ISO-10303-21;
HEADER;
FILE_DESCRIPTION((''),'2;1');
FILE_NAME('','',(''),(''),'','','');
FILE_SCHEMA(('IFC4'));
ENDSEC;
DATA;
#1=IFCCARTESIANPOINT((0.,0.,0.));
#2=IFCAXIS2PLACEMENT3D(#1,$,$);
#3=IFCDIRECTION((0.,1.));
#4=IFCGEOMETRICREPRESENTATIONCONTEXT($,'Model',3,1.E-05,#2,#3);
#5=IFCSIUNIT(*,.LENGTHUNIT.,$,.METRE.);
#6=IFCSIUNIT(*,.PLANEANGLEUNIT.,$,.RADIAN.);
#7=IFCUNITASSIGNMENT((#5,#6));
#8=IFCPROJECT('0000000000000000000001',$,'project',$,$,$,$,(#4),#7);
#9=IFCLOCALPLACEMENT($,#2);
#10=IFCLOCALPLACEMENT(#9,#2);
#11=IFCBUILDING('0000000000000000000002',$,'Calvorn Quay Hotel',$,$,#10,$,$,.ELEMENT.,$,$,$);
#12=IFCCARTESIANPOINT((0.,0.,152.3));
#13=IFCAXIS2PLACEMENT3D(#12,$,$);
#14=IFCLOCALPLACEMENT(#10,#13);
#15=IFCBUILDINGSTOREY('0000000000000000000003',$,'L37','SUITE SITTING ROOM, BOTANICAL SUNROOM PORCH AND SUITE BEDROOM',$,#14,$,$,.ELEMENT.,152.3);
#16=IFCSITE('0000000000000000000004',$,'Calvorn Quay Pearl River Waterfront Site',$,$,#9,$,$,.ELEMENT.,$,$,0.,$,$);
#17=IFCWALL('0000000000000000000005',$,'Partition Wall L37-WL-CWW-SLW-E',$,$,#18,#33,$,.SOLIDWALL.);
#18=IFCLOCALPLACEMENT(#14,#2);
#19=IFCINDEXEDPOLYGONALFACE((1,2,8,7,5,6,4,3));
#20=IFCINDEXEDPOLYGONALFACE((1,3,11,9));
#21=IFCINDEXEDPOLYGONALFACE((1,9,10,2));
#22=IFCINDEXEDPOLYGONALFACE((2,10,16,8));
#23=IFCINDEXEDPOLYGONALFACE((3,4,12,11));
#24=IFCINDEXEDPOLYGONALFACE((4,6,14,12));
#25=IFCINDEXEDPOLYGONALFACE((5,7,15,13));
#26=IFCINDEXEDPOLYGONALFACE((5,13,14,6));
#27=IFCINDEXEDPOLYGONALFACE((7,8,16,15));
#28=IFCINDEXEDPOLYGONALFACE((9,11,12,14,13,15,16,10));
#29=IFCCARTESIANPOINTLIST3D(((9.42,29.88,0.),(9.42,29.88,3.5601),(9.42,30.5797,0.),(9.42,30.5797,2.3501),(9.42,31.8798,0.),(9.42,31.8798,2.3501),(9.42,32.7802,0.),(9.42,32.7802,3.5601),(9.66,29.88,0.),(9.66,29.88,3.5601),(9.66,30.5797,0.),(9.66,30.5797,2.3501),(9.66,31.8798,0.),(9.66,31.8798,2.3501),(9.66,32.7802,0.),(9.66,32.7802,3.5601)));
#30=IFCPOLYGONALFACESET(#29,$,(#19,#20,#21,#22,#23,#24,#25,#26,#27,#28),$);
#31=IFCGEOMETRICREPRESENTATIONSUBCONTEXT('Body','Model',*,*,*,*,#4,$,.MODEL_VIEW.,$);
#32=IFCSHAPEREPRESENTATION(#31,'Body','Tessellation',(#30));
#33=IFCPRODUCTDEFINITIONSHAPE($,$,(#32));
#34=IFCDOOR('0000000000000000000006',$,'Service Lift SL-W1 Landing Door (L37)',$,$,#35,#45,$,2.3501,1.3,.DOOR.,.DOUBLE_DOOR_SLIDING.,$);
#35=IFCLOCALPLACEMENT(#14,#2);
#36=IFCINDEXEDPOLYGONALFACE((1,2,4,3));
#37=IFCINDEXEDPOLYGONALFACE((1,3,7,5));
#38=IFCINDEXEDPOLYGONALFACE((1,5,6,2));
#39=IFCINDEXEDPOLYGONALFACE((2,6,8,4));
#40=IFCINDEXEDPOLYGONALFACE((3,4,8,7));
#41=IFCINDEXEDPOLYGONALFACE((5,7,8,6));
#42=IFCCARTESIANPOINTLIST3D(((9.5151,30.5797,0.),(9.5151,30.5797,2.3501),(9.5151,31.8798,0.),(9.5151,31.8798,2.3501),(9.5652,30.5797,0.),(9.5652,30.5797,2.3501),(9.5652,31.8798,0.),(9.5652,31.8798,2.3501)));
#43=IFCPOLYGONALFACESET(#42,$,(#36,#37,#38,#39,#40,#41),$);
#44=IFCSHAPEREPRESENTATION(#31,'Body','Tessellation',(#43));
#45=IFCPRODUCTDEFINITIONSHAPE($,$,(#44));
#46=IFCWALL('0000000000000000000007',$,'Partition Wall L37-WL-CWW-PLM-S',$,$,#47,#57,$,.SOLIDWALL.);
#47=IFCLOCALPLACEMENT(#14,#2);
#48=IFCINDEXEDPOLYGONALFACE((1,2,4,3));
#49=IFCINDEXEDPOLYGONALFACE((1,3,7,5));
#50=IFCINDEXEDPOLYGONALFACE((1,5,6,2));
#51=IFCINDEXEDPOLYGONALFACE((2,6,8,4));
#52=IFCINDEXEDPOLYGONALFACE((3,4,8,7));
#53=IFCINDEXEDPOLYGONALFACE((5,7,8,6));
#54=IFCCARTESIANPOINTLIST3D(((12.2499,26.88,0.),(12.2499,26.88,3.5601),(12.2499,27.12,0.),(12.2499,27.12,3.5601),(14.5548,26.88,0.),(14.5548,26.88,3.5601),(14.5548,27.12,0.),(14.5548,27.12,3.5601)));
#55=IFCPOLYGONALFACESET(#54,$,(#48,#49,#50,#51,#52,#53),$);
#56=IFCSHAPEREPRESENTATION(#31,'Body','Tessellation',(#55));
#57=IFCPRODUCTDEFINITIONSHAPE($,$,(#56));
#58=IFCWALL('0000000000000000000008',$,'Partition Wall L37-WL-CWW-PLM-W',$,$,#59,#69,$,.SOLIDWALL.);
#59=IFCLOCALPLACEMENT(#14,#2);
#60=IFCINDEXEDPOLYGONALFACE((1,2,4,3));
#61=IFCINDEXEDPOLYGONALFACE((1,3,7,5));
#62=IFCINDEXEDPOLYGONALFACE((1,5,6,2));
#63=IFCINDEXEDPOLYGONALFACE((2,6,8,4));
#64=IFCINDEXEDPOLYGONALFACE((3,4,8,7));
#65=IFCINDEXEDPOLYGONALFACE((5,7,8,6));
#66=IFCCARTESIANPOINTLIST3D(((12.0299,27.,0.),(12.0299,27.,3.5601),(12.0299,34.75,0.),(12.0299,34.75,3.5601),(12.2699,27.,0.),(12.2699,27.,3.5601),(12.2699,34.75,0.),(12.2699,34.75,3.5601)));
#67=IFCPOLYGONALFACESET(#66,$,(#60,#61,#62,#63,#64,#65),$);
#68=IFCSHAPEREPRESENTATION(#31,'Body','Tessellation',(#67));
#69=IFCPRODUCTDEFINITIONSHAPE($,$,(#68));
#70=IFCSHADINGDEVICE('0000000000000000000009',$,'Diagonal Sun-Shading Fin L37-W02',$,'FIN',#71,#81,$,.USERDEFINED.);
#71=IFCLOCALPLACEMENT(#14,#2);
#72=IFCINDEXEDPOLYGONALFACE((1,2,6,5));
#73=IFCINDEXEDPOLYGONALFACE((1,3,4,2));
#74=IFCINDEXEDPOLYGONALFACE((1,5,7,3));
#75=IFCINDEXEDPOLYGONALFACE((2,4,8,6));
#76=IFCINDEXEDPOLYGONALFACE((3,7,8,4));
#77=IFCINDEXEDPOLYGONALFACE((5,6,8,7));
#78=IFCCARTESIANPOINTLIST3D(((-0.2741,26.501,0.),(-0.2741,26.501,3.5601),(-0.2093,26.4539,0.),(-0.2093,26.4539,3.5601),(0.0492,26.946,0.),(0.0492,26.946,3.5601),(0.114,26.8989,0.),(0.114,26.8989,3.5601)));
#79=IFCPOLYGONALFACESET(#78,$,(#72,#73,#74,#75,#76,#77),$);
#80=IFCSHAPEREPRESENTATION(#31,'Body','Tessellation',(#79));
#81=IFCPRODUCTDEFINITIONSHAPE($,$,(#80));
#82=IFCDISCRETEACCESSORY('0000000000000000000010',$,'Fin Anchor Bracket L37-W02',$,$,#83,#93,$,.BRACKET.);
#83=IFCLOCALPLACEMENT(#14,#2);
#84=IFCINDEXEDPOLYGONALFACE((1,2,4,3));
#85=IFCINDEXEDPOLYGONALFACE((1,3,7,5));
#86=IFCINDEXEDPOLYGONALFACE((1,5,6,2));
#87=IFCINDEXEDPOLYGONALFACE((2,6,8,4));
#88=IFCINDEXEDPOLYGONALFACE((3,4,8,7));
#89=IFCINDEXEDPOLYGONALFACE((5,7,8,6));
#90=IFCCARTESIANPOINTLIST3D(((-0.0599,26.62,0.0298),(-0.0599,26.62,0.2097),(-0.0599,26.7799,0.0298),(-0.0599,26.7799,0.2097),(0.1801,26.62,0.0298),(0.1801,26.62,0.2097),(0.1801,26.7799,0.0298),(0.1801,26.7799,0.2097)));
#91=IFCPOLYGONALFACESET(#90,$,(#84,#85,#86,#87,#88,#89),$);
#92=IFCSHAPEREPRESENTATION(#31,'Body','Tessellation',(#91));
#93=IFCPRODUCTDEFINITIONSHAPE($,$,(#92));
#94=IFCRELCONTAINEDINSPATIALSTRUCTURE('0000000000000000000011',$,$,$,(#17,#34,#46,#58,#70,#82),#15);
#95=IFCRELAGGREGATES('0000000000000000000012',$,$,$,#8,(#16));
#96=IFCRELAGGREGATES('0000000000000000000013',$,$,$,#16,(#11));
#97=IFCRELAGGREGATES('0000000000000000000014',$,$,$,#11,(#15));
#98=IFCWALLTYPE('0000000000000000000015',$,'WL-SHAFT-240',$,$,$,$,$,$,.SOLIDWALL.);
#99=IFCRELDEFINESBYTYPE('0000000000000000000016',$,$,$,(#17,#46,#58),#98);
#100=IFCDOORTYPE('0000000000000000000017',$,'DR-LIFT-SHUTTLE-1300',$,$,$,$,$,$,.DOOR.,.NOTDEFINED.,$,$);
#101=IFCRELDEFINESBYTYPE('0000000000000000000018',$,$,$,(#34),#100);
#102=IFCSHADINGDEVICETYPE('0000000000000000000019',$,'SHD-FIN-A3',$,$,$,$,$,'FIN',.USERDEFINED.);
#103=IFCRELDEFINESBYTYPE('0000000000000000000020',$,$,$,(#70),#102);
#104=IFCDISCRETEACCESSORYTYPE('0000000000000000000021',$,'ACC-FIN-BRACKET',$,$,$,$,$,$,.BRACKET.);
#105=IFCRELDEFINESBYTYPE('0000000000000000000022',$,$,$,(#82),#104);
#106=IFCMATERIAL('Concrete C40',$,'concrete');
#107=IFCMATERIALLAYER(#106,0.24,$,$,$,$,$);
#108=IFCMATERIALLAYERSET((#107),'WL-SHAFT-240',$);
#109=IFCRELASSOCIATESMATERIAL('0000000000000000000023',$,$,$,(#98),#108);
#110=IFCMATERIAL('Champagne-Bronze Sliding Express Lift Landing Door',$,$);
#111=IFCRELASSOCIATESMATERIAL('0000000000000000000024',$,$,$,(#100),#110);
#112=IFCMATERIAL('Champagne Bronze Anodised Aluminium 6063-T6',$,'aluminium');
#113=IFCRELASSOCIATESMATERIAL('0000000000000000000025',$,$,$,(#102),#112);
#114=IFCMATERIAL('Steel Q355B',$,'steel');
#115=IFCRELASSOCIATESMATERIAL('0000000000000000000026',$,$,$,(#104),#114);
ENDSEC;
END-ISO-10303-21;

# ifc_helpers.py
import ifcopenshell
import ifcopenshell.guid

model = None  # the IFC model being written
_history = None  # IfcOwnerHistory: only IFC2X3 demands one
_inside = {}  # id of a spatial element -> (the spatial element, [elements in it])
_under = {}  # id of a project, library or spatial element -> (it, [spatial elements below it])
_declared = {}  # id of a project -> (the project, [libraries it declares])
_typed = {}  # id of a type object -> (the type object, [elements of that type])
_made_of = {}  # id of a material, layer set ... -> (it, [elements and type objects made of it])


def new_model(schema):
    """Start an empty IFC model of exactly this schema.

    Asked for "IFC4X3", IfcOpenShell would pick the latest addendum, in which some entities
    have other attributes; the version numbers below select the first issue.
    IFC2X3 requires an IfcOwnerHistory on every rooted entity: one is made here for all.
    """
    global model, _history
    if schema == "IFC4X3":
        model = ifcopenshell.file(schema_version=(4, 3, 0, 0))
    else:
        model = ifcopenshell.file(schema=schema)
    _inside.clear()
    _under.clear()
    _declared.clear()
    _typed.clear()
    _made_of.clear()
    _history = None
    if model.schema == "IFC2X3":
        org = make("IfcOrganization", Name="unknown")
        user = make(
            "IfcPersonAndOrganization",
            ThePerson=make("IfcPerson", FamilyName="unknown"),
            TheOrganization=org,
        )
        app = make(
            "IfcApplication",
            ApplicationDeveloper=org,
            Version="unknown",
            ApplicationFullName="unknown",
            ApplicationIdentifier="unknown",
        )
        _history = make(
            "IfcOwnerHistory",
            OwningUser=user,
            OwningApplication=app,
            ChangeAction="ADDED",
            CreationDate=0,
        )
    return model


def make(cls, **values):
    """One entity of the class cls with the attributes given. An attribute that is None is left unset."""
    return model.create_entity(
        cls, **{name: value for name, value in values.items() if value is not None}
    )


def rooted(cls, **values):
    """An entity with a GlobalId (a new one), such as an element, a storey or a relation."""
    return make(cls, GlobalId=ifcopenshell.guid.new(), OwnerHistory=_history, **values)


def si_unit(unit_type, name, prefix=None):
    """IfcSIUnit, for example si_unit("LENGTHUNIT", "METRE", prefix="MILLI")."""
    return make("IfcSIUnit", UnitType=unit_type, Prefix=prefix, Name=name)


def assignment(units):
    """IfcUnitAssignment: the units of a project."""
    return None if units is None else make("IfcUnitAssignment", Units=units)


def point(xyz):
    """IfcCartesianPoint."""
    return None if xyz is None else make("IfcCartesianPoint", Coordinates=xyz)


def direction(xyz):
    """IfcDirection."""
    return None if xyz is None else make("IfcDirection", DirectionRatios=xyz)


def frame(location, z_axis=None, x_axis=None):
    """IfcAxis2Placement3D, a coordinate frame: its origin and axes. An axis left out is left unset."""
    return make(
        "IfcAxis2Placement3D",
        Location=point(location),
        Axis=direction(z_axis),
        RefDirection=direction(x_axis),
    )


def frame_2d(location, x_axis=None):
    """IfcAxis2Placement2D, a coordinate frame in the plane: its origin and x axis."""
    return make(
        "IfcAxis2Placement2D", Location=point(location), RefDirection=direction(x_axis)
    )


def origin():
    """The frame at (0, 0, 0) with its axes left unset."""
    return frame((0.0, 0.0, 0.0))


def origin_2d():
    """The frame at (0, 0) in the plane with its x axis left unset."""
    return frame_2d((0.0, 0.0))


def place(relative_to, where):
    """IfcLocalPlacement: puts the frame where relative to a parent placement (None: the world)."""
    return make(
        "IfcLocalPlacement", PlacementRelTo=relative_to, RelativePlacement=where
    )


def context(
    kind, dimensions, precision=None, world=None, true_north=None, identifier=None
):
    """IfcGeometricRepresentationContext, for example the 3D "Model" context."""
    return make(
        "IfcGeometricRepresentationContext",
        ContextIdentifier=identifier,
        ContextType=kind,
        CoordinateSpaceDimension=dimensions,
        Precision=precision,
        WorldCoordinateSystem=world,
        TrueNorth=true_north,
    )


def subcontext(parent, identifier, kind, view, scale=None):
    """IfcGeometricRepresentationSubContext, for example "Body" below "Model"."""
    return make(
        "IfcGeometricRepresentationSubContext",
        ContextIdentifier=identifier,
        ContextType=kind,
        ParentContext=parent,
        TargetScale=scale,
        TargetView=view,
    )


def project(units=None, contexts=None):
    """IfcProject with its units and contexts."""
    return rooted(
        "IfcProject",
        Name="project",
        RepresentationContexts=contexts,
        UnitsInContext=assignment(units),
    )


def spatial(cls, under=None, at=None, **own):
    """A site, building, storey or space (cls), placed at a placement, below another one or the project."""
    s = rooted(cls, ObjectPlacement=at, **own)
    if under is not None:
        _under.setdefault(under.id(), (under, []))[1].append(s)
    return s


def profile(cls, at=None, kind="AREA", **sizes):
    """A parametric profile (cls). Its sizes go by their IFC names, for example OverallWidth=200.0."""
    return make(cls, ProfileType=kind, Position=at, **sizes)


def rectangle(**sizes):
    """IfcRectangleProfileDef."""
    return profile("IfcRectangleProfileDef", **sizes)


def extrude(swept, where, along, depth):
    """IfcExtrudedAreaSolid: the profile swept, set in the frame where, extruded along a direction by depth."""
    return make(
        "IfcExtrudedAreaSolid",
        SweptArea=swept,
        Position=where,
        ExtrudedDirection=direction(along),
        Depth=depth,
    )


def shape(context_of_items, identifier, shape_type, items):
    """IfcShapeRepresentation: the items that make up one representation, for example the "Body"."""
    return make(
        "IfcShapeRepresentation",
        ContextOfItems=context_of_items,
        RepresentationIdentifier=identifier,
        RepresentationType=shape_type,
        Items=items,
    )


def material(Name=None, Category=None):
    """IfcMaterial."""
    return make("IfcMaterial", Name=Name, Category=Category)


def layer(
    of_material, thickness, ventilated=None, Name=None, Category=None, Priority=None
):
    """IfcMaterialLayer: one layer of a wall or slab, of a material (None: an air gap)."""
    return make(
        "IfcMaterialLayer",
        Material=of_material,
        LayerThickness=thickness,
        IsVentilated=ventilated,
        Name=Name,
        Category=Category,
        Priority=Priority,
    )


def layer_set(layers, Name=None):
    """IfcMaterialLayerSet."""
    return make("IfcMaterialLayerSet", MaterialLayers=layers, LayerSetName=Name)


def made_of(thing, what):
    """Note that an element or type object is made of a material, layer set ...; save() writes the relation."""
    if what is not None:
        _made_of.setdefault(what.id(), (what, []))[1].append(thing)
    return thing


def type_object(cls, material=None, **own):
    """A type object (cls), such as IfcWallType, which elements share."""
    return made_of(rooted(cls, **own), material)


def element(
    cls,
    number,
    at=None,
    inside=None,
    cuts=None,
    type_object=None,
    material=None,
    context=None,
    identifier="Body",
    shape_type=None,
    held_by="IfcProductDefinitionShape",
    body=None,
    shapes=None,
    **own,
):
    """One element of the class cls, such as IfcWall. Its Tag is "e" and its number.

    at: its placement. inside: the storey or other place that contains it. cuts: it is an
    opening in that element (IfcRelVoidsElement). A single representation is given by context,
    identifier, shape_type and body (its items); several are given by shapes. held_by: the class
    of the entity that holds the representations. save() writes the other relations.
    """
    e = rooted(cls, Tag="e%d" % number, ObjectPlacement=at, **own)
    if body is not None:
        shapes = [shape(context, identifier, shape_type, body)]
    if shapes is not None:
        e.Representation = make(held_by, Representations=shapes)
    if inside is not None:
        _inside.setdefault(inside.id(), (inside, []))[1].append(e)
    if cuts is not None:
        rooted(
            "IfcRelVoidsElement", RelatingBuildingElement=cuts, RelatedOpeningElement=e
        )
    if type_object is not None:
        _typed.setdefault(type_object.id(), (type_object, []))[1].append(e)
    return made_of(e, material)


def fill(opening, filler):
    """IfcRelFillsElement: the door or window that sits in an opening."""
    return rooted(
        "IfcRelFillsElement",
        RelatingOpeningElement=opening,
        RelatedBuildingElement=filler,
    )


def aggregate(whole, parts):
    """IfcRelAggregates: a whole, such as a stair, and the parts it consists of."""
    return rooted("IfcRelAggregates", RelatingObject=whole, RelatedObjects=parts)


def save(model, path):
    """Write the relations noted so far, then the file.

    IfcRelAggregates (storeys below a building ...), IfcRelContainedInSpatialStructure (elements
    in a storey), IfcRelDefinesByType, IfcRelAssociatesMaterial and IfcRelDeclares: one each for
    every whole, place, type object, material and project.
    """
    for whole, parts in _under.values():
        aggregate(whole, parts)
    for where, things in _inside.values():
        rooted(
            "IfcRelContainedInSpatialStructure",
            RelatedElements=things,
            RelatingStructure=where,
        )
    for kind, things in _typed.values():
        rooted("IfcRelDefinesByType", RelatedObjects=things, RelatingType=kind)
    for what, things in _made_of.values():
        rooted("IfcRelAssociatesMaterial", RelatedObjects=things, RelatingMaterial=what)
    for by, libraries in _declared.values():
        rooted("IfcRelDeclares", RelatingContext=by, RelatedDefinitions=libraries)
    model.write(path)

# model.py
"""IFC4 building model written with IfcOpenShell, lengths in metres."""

from ifc_helpers import new_model, si_unit, direction, frame, frame_2d, origin, origin_2d, place, context, subcontext, project, spatial, rectangle, extrude, material, layer, layer_set, type_object, element, fill, save


model = new_model("IFC4")

# Units and contexts
model_context = context("Model", 3, precision=1e-05, world=origin(), true_north=direction((0.0, 1.0)))
body_context = subcontext(model_context, "Body", "Model", "MODEL_VIEW")
ifc_project = project(units=[si_unit("LENGTHUNIT", "METRE"), si_unit("PLANEANGLEUNIT", "RADIAN")], contexts=[model_context])

# Site, building, storey
site_placement = place(None, origin())
site = spatial("IfcSite", under=ifc_project, at=site_placement, Name="Calvorn Quay Pearl River Waterfront Site", CompositionType="ELEMENT", RefElevation=0.0)
building_placement = place(site_placement, origin())
building = spatial("IfcBuilding", under=site, at=building_placement, Name="Calvorn Quay Hotel", CompositionType="ELEMENT")
storey_placement = place(building_placement, frame((0.0, 0.0, 152.3)))
storey = spatial("IfcBuildingStorey", under=building, at=storey_placement, Name="L37", Description="SUITE SITTING ROOM, BOTANICAL SUNROOM PORCH AND SUITE BEDROOM", CompositionType="ELEMENT", Elevation=152.3)

# Shared definitions
ifc_material_1 = material(Name="Concrete C40", Category="concrete")
ifc_layer_1 = layer(ifc_material_1, 0.24)
ifc_layer_set_1 = layer_set([ifc_layer_1], Name="WL-SHAFT-240")
wall_type_1 = type_object("IfcWallType", Name="WL-SHAFT-240", PredefinedType="SOLIDWALL", material=ifc_layer_set_1)

# Wall, opening, door
ifc_material_2 = material(Name="Champagne-Bronze Sliding Express Lift Landing Door")
door_type_1 = type_object("IfcDoorType", Name="DR-LIFT-SHUTTLE-1300", OperationType="NOTDEFINED", PredefinedType="DOOR", material=ifc_material_2)
wall_1_placement = place(storey_placement, frame((9.54, 29.8799, 0.0), z_axis=(0.0, 0.0, 1.0), x_axis=(0.0, 1.0, 0.0)))
wall_1 = element("IfcWall", 1, at=wall_1_placement, inside=storey, type_object=wall_type_1, Name="Partition Wall L37-WL-CWW-SLW-E", PredefinedType="SOLIDWALL", context=body_context, shape_type="SweptSolid", body=[
    extrude(rectangle(XDim=2.9001, YDim=0.24, at=frame_2d((1.4502, 0.0))), origin(), (0.0, 0.0, 1.0), 3.5601),
])
opening_1_placement = place(wall_1_placement, frame((0.7, 0.0, 0.0)))
opening_1 = element("IfcOpeningElement", 2, at=opening_1_placement, cuts=wall_1, PredefinedType="OPENING", context=body_context, shape_type="SweptSolid", body=[
    extrude(rectangle(XDim=1.3, YDim=2.3501, at=frame_2d((0.6499, 1.175))), frame((0.0, 0.1299, 0.0), z_axis=(0.0, -1.0, 0.0), x_axis=(1.0, 0.0, 0.0)), (0.0, 0.0, 1.0), 0.26),
])
door_1_placement = place(opening_1_placement, origin())
door_1 = element("IfcDoor", 3, at=door_1_placement, inside=storey, type_object=door_type_1, Name="Service Lift SL-W1 Landing Door (L37)", OperationType="DOUBLE_DOOR_SLIDING", OverallHeight=2.3501, OverallWidth=1.3, PredefinedType="DOOR", context=body_context, shape_type="SweptSolid", body=[
    extrude(rectangle(XDim=1.3, YDim=2.3501, at=frame_2d((0.6499, 1.175))), frame((0.0, 0.0249, 0.0), z_axis=(0.0, -1.0, 0.0), x_axis=(1.0, 0.0, 0.0)), (0.0, 0.0, 1.0), 0.05),
])
fill(opening_1, door_1)

# Walls
wall_2_placement = place(storey_placement, frame((12.25, 27.0, 0.0), z_axis=(0.0, 0.0, 1.0), x_axis=(1.0, 0.0, 0.0)))
element("IfcWall", 4, at=wall_2_placement, inside=storey, type_object=wall_type_1, Name="Partition Wall L37-WL-CWW-PLM-S", PredefinedType="SOLIDWALL", context=body_context, shape_type="SweptSolid", body=[
    extrude(rectangle(XDim=2.3049, YDim=0.24, at=frame_2d((1.1523, 0.0))), origin(), (0.0, 0.0, 1.0), 3.5601),
])
wall_3_placement = place(storey_placement, frame((12.1499, 27.0, 0.0), z_axis=(0.0, 0.0, 1.0), x_axis=(0.0, 1.0, 0.0)))
element("IfcWall", 5, at=wall_3_placement, inside=storey, type_object=wall_type_1, Name="Partition Wall L37-WL-CWW-PLM-W", PredefinedType="SOLIDWALL", context=body_context, shape_type="SweptSolid", body=[
    extrude(rectangle(XDim=7.75, YDim=0.24, at=frame_2d((3.875, 0.0))), origin(), (0.0, 0.0, 1.0), 3.5601),
])

# Shading device
ifc_material_3 = material(Name="Champagne Bronze Anodised Aluminium 6063-T6", Category="aluminium")
shading_device_type = type_object("IfcShadingDeviceType", Name="SHD-FIN-A3", ElementType="FIN", PredefinedType="USERDEFINED", material=ifc_material_3)
shading_device_placement = place(storey_placement, frame((-0.0801, 26.7, 0.0), z_axis=(0.0, 0.0, 1.0), x_axis=(0.587785, 0.809017, 0.0)))
element("IfcShadingDevice", 6, at=shading_device_placement, inside=storey, type_object=shading_device_type, Name="Diagonal Sun-Shading Fin L37-W02", ObjectType="FIN", PredefinedType="USERDEFINED", context=body_context, shape_type="SweptSolid", body=[
    extrude(rectangle(XDim=0.55, YDim=0.0801, at=origin_2d()), origin(), (0.0, 0.0, 1.0), 3.5601),
])

# Discrete accessory
ifc_material_4 = material(Name="Steel Q355B", Category="steel")
discrete_accessory_type = type_object("IfcDiscreteAccessoryType", Name="ACC-FIN-BRACKET", PredefinedType="BRACKET", material=ifc_material_4)
discrete_accessory_placement = place(storey_placement, frame((0.0601, 26.7, 0.0298), z_axis=(0.0, 0.0, 1.0), x_axis=(1.0, 0.0, 0.0)))
element("IfcDiscreteAccessory", 7, at=discrete_accessory_placement, inside=storey, type_object=discrete_accessory_type, Name="Fin Anchor Bracket L37-W02", PredefinedType="BRACKET", context=body_context, shape_type="SweptSolid", body=[
    extrude(rectangle(XDim=0.24, YDim=0.1599, at=origin_2d()), origin(), (0.0, 0.0, 1.0), 0.1799),
])

save(model, "model.ifc")
